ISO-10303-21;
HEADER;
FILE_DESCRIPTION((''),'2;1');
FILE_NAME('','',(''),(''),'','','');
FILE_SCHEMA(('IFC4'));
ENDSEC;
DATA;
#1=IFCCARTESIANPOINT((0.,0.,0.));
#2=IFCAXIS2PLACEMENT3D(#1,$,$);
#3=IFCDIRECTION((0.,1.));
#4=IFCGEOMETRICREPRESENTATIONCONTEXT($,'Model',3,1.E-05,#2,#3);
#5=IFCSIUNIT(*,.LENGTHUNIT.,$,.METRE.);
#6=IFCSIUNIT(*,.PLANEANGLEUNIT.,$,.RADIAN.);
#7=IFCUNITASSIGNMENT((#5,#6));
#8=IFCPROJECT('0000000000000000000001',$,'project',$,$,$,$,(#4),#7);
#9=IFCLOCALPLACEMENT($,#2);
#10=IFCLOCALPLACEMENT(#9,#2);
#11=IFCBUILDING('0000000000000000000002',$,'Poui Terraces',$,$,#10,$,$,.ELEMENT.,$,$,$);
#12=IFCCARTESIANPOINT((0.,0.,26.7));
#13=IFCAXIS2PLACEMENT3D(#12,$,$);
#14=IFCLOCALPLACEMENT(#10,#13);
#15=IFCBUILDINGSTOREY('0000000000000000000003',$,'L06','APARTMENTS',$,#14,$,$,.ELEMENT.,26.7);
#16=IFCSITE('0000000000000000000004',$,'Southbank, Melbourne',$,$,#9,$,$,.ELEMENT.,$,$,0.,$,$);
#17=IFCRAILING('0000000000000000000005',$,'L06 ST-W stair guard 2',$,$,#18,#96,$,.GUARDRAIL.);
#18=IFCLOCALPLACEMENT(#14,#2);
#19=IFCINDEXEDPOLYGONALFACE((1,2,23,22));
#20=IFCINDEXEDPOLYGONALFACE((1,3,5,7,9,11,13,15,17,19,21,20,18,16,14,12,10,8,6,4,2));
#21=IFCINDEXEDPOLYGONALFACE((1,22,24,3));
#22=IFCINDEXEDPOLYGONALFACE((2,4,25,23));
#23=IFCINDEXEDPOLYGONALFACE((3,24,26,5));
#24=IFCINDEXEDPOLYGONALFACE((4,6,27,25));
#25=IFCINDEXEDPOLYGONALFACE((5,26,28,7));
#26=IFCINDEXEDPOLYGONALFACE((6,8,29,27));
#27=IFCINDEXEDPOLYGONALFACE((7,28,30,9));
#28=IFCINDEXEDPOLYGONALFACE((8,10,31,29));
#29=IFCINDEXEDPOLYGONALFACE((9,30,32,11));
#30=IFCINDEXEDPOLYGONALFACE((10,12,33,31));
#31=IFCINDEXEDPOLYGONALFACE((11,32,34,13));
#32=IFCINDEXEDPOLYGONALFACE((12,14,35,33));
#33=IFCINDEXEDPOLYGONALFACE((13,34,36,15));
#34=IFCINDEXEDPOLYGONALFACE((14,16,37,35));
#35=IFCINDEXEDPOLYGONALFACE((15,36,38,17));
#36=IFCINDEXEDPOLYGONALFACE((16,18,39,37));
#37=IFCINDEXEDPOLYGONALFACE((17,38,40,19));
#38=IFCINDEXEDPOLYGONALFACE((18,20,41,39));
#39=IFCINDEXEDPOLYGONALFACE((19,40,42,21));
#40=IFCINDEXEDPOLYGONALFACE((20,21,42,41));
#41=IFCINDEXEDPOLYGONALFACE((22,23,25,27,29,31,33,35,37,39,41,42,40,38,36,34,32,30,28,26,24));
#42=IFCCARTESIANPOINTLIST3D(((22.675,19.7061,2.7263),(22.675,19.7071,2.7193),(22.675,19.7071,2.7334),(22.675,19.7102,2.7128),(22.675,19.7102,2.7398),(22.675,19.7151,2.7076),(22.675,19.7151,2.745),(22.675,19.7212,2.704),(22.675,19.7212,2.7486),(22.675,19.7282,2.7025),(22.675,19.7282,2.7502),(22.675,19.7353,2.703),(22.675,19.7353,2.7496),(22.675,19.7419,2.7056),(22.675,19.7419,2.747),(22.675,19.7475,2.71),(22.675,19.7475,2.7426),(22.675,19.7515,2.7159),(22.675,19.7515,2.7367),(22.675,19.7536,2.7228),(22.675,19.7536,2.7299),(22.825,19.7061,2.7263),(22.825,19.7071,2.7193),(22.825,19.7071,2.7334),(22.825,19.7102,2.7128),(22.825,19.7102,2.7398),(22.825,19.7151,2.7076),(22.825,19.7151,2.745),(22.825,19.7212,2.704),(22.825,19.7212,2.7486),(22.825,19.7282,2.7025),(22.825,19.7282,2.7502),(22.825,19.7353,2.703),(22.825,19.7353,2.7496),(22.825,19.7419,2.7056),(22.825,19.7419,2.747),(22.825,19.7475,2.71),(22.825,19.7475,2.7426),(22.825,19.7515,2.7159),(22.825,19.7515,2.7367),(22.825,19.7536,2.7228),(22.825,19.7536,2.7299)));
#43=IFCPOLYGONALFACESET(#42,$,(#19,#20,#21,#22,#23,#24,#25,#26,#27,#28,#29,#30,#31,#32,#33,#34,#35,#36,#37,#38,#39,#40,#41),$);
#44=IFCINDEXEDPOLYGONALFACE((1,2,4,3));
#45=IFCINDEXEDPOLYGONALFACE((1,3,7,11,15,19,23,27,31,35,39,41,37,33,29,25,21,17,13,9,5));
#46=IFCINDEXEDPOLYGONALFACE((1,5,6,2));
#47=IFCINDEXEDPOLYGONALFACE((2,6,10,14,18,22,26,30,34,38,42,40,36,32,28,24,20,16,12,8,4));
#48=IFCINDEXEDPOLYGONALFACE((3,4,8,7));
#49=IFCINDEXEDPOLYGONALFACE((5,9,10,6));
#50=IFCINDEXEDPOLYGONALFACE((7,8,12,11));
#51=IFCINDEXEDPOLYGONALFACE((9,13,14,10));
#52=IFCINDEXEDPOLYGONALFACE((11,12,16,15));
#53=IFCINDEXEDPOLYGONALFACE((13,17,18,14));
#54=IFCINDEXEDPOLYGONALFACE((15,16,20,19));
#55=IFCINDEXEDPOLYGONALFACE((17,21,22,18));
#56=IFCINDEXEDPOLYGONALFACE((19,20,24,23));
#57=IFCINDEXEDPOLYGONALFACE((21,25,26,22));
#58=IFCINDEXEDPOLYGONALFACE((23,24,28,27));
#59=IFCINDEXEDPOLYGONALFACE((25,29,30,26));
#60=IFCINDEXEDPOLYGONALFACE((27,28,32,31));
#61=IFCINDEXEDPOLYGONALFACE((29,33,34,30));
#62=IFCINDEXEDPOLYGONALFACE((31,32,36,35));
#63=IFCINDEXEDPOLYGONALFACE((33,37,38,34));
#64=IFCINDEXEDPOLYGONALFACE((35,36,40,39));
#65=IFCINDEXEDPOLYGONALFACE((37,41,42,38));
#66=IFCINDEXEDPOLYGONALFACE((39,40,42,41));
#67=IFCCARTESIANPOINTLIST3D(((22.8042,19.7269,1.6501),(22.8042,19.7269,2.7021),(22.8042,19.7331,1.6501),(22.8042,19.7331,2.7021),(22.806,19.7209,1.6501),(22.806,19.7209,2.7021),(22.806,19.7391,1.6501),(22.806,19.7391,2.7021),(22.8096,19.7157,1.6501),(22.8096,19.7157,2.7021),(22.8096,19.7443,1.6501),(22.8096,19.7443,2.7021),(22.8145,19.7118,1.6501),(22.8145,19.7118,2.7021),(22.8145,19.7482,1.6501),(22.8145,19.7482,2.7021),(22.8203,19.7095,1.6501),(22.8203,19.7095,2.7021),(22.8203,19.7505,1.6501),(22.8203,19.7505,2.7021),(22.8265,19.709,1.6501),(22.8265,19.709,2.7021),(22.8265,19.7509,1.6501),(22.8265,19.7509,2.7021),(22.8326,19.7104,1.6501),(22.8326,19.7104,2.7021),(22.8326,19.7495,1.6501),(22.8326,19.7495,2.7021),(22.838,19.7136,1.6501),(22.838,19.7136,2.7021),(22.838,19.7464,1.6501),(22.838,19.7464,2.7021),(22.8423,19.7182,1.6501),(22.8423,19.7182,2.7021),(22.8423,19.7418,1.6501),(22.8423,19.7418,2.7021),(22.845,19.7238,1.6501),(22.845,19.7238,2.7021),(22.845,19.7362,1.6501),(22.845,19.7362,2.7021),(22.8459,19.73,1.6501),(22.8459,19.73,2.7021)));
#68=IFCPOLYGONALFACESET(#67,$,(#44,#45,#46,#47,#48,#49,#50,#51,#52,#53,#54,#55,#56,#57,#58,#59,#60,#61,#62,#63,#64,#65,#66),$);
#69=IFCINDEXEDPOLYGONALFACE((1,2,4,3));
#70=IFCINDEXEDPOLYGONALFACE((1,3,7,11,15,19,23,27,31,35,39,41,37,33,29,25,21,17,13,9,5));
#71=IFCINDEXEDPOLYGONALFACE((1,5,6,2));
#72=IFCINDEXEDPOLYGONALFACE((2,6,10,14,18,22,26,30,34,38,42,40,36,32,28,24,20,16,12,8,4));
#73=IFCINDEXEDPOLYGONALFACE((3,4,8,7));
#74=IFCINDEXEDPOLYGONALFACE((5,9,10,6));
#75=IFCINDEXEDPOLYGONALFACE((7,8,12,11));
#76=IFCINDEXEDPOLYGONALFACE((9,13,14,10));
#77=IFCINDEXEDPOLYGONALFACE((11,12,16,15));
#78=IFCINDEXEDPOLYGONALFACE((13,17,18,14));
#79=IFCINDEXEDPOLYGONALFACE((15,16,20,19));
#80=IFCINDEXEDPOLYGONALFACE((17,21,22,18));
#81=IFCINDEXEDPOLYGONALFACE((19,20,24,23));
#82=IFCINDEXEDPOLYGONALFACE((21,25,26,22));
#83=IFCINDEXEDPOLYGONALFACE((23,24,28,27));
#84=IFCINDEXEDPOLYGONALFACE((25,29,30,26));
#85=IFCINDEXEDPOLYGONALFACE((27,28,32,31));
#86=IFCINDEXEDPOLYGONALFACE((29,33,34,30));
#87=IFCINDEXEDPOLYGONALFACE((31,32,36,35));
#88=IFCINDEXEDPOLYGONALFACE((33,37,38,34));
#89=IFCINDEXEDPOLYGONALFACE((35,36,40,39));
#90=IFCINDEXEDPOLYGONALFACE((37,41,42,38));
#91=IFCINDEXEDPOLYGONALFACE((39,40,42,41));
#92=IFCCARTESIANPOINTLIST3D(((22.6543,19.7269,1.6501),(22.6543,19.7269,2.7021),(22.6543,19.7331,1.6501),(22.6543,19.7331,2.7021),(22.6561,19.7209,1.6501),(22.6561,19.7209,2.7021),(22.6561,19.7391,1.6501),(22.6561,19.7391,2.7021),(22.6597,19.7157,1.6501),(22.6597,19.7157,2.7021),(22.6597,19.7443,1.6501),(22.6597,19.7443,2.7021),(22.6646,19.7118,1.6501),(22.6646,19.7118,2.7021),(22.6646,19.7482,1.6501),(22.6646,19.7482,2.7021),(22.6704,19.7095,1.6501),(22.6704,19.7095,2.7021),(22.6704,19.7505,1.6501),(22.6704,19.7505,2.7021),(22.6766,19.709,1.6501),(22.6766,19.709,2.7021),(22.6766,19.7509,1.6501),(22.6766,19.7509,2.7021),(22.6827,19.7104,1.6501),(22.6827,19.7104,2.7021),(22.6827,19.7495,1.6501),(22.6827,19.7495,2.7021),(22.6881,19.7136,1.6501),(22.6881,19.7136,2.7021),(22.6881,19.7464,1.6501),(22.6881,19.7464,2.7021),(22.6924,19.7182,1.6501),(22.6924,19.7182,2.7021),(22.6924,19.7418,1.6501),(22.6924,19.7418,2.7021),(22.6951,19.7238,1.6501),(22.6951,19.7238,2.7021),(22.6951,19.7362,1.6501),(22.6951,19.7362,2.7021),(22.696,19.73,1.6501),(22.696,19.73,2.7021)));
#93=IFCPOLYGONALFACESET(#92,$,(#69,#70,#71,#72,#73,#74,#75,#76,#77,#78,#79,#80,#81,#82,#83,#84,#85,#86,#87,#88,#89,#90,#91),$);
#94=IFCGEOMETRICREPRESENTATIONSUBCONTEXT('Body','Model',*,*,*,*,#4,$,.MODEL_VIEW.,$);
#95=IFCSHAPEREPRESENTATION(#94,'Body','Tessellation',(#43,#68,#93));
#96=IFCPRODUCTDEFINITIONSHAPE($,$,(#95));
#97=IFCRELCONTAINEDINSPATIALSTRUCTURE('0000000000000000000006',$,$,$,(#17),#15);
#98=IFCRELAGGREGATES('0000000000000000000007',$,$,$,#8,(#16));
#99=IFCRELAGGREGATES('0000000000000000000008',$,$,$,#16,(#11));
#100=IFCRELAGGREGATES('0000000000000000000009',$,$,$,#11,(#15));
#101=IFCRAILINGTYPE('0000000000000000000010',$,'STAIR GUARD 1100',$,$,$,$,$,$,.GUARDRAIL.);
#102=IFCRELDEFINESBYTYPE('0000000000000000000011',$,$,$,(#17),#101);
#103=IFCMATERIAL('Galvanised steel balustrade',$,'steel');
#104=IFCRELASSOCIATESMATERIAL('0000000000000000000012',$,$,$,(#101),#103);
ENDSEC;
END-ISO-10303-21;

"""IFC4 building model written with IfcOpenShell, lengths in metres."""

from ifc_helpers import new_model, si_unit, direction, frame, origin, origin_2d, place, context, subcontext, project, spatial, circle, extrude, material, type_object, element, save


model = new_model("IFC4")

# Units and contexts
model_context = context("Model", 3, precision=1e-05, world=origin(), true_north=direction((0.0, 1.0)))
body_context = subcontext(model_context, "Body", "Model", "MODEL_VIEW")
ifc_project = project(units=[si_unit("LENGTHUNIT", "METRE"), si_unit("PLANEANGLEUNIT", "RADIAN")], contexts=[model_context])

# Site, building, storey
site_placement = place(None, origin())
site = spatial("IfcSite", under=ifc_project, at=site_placement, Name="Southbank, Melbourne", CompositionType="ELEMENT", RefElevation=0.0)
building_placement = place(site_placement, origin())
building = spatial("IfcBuilding", under=site, at=building_placement, Name="Poui Terraces", CompositionType="ELEMENT")
storey_placement = place(building_placement, frame((0.0, 0.0, 26.7)))
storey = spatial("IfcBuildingStorey", under=building, at=storey_placement, Name="L06", Description="APARTMENTS", CompositionType="ELEMENT", Elevation=26.7)

# Railing
ifc_material_1 = material(Name="Galvanised steel balustrade", Category="steel")
railing_type_1 = type_object("IfcRailingType", Name="STAIR GUARD 1100", PredefinedType="GUARDRAIL", material=ifc_material_1)
railing_1_placement = place(storey_placement, frame((22.825, 19.73, 1.6501)))
element("IfcRailing", 1, at=railing_1_placement, inside=storey, type_object=railing_type_1, Name="L06 ST-W stair guard 2", PredefinedType="GUARDRAIL", context=body_context, shape_type="SweptSolid", body=[
    extrude(circle(Radius=0.0239, at=origin_2d()), frame((0.0, 0.0, 1.0762), z_axis=(-1.0, 0.0, 0.0), x_axis=(0.0, -1.0, 0.0)), (0.0, 0.0, 1.0), 0.1499),
    extrude(circle(Radius=0.021, at=origin_2d()), origin(), (0.0, 0.0, 1.0), 1.052),
    extrude(circle(Radius=0.021, at=origin_2d()), frame((-0.1499, 0.0, 0.0)), (0.0, 0.0, 1.0), 1.052),
])

save(model, "model.ifc")
